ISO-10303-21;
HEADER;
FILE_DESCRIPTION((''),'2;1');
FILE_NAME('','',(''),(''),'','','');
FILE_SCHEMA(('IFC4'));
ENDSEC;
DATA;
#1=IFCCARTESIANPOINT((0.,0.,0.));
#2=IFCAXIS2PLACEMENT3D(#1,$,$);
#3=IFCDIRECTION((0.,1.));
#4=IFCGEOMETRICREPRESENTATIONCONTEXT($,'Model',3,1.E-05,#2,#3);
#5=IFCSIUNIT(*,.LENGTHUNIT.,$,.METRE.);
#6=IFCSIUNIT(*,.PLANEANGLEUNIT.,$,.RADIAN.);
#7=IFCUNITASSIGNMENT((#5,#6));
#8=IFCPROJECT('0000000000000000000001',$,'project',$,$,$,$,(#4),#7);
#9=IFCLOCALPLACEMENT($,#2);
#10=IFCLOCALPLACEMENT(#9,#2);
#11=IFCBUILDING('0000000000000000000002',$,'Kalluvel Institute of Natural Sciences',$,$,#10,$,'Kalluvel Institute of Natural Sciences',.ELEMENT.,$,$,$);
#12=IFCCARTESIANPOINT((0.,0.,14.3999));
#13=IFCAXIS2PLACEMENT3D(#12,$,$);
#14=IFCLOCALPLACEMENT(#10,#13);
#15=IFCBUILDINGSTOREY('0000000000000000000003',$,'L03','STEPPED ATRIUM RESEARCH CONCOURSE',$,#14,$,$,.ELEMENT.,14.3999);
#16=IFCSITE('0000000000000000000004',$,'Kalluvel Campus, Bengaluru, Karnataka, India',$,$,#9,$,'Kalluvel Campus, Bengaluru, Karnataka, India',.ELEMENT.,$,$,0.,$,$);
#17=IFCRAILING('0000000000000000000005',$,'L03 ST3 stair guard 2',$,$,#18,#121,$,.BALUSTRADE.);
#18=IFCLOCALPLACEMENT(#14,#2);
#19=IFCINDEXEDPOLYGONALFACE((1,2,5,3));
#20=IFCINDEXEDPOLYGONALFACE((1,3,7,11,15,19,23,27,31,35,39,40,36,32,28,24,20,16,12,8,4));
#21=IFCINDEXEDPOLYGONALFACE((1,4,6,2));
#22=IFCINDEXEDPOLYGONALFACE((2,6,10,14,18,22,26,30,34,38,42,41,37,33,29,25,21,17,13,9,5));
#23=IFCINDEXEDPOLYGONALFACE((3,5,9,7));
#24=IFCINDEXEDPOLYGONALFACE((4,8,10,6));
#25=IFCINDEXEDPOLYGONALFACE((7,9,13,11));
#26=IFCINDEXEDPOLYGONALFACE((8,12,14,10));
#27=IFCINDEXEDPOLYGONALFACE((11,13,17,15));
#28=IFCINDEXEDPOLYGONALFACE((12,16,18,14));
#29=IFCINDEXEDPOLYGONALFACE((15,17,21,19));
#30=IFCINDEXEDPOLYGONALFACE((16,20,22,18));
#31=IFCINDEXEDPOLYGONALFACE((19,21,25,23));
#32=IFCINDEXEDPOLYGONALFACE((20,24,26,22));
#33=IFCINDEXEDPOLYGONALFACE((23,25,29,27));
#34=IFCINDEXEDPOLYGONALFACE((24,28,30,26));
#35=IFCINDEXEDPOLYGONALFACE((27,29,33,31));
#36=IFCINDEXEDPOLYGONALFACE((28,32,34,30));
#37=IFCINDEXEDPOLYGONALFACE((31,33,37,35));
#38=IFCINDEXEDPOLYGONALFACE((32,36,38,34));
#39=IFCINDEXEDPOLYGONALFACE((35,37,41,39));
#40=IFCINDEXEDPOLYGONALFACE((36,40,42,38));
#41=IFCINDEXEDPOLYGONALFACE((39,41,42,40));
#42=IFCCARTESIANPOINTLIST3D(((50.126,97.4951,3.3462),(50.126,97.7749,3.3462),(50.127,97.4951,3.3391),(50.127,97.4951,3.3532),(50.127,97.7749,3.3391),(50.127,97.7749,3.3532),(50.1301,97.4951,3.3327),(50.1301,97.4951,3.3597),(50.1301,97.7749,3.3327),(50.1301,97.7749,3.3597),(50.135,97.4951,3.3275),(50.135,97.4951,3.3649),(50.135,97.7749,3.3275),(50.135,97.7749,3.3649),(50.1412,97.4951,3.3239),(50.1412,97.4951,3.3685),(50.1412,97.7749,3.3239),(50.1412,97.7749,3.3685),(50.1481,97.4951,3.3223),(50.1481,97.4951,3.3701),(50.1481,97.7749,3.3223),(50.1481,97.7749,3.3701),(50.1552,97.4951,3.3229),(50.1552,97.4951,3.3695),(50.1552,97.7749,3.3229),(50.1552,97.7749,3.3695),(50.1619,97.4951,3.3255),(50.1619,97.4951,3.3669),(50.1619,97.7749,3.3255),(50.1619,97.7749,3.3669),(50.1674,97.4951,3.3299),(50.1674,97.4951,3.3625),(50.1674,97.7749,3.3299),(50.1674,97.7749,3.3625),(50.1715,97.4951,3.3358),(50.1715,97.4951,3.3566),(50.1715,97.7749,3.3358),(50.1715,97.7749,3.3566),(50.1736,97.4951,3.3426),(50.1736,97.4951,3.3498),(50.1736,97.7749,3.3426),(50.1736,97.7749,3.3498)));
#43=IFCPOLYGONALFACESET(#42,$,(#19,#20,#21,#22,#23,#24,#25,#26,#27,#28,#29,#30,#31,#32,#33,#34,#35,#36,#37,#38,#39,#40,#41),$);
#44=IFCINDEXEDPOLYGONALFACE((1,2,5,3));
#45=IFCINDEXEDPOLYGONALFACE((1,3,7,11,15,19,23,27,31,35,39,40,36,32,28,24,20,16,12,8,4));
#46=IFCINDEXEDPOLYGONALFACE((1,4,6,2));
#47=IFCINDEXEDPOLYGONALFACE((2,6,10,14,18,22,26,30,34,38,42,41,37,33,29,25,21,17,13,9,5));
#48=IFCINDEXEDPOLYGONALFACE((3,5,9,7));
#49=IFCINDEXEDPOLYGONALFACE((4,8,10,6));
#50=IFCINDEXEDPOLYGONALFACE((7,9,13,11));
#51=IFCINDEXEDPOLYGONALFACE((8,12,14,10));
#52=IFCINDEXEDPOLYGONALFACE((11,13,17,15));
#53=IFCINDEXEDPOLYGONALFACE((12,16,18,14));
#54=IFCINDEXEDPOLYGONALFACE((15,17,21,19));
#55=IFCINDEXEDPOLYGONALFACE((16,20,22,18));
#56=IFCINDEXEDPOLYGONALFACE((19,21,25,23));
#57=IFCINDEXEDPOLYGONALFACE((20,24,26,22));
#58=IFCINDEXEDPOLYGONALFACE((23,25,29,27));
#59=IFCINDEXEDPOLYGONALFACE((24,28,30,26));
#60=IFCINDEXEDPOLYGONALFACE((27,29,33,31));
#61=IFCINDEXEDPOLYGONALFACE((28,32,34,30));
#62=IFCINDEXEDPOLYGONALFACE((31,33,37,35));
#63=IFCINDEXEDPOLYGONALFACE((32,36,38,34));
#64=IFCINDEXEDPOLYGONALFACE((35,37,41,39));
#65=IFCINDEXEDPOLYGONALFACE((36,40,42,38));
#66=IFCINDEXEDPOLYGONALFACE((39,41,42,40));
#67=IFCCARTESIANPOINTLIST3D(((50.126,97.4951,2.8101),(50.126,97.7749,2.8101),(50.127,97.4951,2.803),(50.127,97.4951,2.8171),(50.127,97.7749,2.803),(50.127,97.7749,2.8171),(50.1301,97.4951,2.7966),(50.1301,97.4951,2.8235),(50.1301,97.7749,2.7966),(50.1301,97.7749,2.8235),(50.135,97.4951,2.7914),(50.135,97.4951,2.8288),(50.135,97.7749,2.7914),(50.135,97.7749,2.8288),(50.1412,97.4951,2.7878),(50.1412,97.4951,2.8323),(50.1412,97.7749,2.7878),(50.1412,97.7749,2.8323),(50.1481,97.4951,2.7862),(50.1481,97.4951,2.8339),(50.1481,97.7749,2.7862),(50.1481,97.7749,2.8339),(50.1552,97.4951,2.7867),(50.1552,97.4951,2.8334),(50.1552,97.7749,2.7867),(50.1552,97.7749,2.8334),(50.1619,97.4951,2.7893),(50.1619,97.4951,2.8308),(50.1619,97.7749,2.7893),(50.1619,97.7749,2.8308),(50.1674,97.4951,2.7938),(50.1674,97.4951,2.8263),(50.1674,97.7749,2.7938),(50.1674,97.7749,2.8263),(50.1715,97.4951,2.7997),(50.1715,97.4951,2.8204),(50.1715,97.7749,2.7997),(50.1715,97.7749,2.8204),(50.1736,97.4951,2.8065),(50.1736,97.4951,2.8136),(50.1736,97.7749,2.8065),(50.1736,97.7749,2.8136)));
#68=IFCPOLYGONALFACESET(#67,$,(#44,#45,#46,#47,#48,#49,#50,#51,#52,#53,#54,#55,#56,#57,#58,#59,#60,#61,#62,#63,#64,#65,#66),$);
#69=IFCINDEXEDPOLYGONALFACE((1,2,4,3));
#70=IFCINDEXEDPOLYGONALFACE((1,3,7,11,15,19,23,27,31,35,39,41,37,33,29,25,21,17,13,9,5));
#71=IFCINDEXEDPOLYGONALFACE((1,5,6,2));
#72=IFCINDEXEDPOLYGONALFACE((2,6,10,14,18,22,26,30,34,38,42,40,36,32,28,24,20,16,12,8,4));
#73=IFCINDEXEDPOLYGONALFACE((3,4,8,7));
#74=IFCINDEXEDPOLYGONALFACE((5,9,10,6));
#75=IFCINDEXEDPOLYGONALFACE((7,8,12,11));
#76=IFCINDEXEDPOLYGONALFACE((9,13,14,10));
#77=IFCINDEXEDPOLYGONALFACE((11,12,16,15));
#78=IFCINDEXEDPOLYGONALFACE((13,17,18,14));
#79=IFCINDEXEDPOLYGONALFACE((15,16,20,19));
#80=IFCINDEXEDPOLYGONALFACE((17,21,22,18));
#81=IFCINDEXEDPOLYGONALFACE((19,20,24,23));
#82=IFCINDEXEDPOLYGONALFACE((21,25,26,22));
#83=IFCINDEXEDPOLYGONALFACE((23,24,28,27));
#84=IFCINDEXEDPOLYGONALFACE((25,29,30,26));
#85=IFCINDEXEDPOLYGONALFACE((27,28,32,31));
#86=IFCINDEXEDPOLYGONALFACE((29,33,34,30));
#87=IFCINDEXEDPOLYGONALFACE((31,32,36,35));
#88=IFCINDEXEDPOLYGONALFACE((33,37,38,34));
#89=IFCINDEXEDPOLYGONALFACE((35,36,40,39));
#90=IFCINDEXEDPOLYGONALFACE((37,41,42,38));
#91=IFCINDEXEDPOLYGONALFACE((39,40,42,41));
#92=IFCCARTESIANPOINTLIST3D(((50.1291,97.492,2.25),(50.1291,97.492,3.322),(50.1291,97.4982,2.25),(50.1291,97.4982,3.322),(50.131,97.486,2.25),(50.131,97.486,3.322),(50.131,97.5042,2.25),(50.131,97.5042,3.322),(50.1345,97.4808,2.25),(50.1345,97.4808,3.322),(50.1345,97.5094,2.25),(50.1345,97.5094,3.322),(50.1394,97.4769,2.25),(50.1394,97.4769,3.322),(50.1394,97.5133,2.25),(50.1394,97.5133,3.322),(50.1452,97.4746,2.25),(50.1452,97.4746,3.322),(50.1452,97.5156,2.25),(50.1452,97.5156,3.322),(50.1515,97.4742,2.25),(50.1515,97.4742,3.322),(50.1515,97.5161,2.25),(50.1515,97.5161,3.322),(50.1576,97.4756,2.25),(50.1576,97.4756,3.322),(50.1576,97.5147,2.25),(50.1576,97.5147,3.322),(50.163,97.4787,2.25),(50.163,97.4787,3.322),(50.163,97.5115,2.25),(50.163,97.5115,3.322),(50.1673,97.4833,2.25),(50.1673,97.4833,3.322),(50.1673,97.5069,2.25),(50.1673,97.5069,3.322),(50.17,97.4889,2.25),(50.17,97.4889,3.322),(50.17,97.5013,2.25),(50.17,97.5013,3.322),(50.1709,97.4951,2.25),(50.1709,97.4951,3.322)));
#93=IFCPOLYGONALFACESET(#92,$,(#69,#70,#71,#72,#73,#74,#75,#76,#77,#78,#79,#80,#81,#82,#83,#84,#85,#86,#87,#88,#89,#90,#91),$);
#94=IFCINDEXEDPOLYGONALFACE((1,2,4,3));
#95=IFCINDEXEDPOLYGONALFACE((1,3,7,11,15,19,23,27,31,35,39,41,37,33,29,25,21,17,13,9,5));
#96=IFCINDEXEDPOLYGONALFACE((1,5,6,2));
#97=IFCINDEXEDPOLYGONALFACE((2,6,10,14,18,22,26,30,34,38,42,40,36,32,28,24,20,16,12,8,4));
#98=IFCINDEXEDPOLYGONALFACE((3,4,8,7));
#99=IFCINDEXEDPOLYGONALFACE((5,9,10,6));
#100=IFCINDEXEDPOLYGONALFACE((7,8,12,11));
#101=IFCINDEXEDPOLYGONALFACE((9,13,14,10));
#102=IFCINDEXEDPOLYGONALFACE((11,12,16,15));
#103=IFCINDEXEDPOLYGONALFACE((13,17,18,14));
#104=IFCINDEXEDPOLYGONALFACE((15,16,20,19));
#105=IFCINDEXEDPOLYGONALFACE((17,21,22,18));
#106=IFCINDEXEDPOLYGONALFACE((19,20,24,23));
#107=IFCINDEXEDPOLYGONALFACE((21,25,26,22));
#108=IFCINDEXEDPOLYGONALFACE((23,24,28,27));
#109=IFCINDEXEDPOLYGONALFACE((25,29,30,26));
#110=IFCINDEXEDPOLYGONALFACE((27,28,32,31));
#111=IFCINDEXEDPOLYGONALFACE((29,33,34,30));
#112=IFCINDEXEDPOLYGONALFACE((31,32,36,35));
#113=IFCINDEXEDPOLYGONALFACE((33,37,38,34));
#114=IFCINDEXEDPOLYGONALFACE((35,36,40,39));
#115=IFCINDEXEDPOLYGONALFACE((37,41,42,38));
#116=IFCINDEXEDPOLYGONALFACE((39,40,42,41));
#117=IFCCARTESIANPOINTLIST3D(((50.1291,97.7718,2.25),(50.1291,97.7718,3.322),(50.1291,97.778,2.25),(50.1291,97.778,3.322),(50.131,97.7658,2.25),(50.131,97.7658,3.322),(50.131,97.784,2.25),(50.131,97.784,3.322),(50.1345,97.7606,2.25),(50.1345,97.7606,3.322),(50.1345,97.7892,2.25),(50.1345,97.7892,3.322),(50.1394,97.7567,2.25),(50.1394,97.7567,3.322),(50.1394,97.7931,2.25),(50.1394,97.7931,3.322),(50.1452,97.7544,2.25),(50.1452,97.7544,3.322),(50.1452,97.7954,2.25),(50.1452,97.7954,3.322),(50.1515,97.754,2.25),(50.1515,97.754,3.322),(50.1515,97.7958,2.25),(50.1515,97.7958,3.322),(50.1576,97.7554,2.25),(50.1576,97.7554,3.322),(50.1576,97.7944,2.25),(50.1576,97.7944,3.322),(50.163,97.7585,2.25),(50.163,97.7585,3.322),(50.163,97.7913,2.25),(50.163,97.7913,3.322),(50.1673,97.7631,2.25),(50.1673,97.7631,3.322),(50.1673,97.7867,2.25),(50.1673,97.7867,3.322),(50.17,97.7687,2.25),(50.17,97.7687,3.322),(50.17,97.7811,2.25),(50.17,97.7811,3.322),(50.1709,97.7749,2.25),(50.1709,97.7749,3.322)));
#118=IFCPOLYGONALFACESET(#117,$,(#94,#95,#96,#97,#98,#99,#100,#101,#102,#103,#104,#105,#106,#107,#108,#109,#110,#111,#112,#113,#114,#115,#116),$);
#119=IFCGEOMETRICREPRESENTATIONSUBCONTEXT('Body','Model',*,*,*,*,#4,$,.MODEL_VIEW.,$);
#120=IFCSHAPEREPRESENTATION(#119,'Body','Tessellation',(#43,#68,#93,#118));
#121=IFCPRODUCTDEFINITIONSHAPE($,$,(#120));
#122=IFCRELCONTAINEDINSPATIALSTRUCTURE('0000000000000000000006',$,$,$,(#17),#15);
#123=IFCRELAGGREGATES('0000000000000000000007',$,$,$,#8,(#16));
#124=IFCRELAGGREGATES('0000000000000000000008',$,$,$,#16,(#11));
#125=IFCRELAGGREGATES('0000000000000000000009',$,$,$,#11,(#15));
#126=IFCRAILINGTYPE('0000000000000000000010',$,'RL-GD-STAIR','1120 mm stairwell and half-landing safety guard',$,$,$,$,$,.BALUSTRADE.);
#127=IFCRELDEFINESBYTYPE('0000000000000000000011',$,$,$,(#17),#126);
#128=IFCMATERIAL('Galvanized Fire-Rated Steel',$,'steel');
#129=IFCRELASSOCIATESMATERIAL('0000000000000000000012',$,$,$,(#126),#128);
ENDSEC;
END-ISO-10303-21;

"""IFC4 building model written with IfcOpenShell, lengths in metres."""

from ifc_helpers import new_model, si_unit, direction, frame, origin, origin_2d, place, context, subcontext, project, spatial, circle, extrude, material, type_object, element, save


model = new_model("IFC4")

# Units and contexts
model_context = context("Model", 3, precision=1e-05, world=origin(), true_north=direction((0.0, 1.0)))
body_context = subcontext(model_context, "Body", "Model", "MODEL_VIEW")
ifc_project = project(units=[si_unit("LENGTHUNIT", "METRE"), si_unit("PLANEANGLEUNIT", "RADIAN")], contexts=[model_context])

# Site, building, storey
site_placement = place(None, origin())
site = spatial("IfcSite", under=ifc_project, at=site_placement, Name="Kalluvel Campus, Bengaluru, Karnataka, India", LongName="Kalluvel Campus, Bengaluru, Karnataka, India", CompositionType="ELEMENT", RefElevation=0.0)
building_placement = place(site_placement, origin())
building = spatial("IfcBuilding", under=site, at=building_placement, Name="Kalluvel Institute of Natural Sciences", LongName="Kalluvel Institute of Natural Sciences", CompositionType="ELEMENT")
storey_placement = place(building_placement, frame((0.0, 0.0, 14.3999)))
storey = spatial("IfcBuildingStorey", under=building, at=storey_placement, Name="L03", Description="STEPPED ATRIUM RESEARCH CONCOURSE", CompositionType="ELEMENT", Elevation=14.3999)

# Shared definitions
ifc_material_1 = material(Name="Galvanized Fire-Rated Steel", Category="steel")

# Railing
railing_type_1 = type_object("IfcRailingType", Name="RL-GD-STAIR", Description="1120 mm stairwell and half-landing safety guard", PredefinedType="BALUSTRADE", material=ifc_material_1)
railing_1_placement = place(storey_placement, frame((50.1499, 97.4951, 2.25)))
element("IfcRailing", 1, at=railing_1_placement, inside=storey, type_object=railing_type_1, Name="L03 ST3 stair guard 2", PredefinedType="BALUSTRADE", context=body_context, shape_type="SweptSolid", body=[
    extrude(circle(Radius=0.0239, at=origin_2d()), frame((0.0, 0.0, 1.0962), z_axis=(0.0, 1.0, 0.0), x_axis=(-1.0, 0.0, 0.0)), (0.0, 0.0, 1.0), 0.2798),
    extrude(circle(Radius=0.0239, at=origin_2d()), frame((0.0, 0.0, 0.5601), z_axis=(0.0, 1.0, 0.0), x_axis=(-1.0, 0.0, 0.0)), (0.0, 0.0, 1.0), 0.2798),
    extrude(circle(Radius=0.021, at=origin_2d()), origin(), (0.0, 0.0, 1.0), 1.072),
    extrude(circle(Radius=0.021, at=origin_2d()), frame((0.0, 0.2798, 0.0)), (0.0, 0.0, 1.0), 1.072),
])

save(model, "model.ifc")
